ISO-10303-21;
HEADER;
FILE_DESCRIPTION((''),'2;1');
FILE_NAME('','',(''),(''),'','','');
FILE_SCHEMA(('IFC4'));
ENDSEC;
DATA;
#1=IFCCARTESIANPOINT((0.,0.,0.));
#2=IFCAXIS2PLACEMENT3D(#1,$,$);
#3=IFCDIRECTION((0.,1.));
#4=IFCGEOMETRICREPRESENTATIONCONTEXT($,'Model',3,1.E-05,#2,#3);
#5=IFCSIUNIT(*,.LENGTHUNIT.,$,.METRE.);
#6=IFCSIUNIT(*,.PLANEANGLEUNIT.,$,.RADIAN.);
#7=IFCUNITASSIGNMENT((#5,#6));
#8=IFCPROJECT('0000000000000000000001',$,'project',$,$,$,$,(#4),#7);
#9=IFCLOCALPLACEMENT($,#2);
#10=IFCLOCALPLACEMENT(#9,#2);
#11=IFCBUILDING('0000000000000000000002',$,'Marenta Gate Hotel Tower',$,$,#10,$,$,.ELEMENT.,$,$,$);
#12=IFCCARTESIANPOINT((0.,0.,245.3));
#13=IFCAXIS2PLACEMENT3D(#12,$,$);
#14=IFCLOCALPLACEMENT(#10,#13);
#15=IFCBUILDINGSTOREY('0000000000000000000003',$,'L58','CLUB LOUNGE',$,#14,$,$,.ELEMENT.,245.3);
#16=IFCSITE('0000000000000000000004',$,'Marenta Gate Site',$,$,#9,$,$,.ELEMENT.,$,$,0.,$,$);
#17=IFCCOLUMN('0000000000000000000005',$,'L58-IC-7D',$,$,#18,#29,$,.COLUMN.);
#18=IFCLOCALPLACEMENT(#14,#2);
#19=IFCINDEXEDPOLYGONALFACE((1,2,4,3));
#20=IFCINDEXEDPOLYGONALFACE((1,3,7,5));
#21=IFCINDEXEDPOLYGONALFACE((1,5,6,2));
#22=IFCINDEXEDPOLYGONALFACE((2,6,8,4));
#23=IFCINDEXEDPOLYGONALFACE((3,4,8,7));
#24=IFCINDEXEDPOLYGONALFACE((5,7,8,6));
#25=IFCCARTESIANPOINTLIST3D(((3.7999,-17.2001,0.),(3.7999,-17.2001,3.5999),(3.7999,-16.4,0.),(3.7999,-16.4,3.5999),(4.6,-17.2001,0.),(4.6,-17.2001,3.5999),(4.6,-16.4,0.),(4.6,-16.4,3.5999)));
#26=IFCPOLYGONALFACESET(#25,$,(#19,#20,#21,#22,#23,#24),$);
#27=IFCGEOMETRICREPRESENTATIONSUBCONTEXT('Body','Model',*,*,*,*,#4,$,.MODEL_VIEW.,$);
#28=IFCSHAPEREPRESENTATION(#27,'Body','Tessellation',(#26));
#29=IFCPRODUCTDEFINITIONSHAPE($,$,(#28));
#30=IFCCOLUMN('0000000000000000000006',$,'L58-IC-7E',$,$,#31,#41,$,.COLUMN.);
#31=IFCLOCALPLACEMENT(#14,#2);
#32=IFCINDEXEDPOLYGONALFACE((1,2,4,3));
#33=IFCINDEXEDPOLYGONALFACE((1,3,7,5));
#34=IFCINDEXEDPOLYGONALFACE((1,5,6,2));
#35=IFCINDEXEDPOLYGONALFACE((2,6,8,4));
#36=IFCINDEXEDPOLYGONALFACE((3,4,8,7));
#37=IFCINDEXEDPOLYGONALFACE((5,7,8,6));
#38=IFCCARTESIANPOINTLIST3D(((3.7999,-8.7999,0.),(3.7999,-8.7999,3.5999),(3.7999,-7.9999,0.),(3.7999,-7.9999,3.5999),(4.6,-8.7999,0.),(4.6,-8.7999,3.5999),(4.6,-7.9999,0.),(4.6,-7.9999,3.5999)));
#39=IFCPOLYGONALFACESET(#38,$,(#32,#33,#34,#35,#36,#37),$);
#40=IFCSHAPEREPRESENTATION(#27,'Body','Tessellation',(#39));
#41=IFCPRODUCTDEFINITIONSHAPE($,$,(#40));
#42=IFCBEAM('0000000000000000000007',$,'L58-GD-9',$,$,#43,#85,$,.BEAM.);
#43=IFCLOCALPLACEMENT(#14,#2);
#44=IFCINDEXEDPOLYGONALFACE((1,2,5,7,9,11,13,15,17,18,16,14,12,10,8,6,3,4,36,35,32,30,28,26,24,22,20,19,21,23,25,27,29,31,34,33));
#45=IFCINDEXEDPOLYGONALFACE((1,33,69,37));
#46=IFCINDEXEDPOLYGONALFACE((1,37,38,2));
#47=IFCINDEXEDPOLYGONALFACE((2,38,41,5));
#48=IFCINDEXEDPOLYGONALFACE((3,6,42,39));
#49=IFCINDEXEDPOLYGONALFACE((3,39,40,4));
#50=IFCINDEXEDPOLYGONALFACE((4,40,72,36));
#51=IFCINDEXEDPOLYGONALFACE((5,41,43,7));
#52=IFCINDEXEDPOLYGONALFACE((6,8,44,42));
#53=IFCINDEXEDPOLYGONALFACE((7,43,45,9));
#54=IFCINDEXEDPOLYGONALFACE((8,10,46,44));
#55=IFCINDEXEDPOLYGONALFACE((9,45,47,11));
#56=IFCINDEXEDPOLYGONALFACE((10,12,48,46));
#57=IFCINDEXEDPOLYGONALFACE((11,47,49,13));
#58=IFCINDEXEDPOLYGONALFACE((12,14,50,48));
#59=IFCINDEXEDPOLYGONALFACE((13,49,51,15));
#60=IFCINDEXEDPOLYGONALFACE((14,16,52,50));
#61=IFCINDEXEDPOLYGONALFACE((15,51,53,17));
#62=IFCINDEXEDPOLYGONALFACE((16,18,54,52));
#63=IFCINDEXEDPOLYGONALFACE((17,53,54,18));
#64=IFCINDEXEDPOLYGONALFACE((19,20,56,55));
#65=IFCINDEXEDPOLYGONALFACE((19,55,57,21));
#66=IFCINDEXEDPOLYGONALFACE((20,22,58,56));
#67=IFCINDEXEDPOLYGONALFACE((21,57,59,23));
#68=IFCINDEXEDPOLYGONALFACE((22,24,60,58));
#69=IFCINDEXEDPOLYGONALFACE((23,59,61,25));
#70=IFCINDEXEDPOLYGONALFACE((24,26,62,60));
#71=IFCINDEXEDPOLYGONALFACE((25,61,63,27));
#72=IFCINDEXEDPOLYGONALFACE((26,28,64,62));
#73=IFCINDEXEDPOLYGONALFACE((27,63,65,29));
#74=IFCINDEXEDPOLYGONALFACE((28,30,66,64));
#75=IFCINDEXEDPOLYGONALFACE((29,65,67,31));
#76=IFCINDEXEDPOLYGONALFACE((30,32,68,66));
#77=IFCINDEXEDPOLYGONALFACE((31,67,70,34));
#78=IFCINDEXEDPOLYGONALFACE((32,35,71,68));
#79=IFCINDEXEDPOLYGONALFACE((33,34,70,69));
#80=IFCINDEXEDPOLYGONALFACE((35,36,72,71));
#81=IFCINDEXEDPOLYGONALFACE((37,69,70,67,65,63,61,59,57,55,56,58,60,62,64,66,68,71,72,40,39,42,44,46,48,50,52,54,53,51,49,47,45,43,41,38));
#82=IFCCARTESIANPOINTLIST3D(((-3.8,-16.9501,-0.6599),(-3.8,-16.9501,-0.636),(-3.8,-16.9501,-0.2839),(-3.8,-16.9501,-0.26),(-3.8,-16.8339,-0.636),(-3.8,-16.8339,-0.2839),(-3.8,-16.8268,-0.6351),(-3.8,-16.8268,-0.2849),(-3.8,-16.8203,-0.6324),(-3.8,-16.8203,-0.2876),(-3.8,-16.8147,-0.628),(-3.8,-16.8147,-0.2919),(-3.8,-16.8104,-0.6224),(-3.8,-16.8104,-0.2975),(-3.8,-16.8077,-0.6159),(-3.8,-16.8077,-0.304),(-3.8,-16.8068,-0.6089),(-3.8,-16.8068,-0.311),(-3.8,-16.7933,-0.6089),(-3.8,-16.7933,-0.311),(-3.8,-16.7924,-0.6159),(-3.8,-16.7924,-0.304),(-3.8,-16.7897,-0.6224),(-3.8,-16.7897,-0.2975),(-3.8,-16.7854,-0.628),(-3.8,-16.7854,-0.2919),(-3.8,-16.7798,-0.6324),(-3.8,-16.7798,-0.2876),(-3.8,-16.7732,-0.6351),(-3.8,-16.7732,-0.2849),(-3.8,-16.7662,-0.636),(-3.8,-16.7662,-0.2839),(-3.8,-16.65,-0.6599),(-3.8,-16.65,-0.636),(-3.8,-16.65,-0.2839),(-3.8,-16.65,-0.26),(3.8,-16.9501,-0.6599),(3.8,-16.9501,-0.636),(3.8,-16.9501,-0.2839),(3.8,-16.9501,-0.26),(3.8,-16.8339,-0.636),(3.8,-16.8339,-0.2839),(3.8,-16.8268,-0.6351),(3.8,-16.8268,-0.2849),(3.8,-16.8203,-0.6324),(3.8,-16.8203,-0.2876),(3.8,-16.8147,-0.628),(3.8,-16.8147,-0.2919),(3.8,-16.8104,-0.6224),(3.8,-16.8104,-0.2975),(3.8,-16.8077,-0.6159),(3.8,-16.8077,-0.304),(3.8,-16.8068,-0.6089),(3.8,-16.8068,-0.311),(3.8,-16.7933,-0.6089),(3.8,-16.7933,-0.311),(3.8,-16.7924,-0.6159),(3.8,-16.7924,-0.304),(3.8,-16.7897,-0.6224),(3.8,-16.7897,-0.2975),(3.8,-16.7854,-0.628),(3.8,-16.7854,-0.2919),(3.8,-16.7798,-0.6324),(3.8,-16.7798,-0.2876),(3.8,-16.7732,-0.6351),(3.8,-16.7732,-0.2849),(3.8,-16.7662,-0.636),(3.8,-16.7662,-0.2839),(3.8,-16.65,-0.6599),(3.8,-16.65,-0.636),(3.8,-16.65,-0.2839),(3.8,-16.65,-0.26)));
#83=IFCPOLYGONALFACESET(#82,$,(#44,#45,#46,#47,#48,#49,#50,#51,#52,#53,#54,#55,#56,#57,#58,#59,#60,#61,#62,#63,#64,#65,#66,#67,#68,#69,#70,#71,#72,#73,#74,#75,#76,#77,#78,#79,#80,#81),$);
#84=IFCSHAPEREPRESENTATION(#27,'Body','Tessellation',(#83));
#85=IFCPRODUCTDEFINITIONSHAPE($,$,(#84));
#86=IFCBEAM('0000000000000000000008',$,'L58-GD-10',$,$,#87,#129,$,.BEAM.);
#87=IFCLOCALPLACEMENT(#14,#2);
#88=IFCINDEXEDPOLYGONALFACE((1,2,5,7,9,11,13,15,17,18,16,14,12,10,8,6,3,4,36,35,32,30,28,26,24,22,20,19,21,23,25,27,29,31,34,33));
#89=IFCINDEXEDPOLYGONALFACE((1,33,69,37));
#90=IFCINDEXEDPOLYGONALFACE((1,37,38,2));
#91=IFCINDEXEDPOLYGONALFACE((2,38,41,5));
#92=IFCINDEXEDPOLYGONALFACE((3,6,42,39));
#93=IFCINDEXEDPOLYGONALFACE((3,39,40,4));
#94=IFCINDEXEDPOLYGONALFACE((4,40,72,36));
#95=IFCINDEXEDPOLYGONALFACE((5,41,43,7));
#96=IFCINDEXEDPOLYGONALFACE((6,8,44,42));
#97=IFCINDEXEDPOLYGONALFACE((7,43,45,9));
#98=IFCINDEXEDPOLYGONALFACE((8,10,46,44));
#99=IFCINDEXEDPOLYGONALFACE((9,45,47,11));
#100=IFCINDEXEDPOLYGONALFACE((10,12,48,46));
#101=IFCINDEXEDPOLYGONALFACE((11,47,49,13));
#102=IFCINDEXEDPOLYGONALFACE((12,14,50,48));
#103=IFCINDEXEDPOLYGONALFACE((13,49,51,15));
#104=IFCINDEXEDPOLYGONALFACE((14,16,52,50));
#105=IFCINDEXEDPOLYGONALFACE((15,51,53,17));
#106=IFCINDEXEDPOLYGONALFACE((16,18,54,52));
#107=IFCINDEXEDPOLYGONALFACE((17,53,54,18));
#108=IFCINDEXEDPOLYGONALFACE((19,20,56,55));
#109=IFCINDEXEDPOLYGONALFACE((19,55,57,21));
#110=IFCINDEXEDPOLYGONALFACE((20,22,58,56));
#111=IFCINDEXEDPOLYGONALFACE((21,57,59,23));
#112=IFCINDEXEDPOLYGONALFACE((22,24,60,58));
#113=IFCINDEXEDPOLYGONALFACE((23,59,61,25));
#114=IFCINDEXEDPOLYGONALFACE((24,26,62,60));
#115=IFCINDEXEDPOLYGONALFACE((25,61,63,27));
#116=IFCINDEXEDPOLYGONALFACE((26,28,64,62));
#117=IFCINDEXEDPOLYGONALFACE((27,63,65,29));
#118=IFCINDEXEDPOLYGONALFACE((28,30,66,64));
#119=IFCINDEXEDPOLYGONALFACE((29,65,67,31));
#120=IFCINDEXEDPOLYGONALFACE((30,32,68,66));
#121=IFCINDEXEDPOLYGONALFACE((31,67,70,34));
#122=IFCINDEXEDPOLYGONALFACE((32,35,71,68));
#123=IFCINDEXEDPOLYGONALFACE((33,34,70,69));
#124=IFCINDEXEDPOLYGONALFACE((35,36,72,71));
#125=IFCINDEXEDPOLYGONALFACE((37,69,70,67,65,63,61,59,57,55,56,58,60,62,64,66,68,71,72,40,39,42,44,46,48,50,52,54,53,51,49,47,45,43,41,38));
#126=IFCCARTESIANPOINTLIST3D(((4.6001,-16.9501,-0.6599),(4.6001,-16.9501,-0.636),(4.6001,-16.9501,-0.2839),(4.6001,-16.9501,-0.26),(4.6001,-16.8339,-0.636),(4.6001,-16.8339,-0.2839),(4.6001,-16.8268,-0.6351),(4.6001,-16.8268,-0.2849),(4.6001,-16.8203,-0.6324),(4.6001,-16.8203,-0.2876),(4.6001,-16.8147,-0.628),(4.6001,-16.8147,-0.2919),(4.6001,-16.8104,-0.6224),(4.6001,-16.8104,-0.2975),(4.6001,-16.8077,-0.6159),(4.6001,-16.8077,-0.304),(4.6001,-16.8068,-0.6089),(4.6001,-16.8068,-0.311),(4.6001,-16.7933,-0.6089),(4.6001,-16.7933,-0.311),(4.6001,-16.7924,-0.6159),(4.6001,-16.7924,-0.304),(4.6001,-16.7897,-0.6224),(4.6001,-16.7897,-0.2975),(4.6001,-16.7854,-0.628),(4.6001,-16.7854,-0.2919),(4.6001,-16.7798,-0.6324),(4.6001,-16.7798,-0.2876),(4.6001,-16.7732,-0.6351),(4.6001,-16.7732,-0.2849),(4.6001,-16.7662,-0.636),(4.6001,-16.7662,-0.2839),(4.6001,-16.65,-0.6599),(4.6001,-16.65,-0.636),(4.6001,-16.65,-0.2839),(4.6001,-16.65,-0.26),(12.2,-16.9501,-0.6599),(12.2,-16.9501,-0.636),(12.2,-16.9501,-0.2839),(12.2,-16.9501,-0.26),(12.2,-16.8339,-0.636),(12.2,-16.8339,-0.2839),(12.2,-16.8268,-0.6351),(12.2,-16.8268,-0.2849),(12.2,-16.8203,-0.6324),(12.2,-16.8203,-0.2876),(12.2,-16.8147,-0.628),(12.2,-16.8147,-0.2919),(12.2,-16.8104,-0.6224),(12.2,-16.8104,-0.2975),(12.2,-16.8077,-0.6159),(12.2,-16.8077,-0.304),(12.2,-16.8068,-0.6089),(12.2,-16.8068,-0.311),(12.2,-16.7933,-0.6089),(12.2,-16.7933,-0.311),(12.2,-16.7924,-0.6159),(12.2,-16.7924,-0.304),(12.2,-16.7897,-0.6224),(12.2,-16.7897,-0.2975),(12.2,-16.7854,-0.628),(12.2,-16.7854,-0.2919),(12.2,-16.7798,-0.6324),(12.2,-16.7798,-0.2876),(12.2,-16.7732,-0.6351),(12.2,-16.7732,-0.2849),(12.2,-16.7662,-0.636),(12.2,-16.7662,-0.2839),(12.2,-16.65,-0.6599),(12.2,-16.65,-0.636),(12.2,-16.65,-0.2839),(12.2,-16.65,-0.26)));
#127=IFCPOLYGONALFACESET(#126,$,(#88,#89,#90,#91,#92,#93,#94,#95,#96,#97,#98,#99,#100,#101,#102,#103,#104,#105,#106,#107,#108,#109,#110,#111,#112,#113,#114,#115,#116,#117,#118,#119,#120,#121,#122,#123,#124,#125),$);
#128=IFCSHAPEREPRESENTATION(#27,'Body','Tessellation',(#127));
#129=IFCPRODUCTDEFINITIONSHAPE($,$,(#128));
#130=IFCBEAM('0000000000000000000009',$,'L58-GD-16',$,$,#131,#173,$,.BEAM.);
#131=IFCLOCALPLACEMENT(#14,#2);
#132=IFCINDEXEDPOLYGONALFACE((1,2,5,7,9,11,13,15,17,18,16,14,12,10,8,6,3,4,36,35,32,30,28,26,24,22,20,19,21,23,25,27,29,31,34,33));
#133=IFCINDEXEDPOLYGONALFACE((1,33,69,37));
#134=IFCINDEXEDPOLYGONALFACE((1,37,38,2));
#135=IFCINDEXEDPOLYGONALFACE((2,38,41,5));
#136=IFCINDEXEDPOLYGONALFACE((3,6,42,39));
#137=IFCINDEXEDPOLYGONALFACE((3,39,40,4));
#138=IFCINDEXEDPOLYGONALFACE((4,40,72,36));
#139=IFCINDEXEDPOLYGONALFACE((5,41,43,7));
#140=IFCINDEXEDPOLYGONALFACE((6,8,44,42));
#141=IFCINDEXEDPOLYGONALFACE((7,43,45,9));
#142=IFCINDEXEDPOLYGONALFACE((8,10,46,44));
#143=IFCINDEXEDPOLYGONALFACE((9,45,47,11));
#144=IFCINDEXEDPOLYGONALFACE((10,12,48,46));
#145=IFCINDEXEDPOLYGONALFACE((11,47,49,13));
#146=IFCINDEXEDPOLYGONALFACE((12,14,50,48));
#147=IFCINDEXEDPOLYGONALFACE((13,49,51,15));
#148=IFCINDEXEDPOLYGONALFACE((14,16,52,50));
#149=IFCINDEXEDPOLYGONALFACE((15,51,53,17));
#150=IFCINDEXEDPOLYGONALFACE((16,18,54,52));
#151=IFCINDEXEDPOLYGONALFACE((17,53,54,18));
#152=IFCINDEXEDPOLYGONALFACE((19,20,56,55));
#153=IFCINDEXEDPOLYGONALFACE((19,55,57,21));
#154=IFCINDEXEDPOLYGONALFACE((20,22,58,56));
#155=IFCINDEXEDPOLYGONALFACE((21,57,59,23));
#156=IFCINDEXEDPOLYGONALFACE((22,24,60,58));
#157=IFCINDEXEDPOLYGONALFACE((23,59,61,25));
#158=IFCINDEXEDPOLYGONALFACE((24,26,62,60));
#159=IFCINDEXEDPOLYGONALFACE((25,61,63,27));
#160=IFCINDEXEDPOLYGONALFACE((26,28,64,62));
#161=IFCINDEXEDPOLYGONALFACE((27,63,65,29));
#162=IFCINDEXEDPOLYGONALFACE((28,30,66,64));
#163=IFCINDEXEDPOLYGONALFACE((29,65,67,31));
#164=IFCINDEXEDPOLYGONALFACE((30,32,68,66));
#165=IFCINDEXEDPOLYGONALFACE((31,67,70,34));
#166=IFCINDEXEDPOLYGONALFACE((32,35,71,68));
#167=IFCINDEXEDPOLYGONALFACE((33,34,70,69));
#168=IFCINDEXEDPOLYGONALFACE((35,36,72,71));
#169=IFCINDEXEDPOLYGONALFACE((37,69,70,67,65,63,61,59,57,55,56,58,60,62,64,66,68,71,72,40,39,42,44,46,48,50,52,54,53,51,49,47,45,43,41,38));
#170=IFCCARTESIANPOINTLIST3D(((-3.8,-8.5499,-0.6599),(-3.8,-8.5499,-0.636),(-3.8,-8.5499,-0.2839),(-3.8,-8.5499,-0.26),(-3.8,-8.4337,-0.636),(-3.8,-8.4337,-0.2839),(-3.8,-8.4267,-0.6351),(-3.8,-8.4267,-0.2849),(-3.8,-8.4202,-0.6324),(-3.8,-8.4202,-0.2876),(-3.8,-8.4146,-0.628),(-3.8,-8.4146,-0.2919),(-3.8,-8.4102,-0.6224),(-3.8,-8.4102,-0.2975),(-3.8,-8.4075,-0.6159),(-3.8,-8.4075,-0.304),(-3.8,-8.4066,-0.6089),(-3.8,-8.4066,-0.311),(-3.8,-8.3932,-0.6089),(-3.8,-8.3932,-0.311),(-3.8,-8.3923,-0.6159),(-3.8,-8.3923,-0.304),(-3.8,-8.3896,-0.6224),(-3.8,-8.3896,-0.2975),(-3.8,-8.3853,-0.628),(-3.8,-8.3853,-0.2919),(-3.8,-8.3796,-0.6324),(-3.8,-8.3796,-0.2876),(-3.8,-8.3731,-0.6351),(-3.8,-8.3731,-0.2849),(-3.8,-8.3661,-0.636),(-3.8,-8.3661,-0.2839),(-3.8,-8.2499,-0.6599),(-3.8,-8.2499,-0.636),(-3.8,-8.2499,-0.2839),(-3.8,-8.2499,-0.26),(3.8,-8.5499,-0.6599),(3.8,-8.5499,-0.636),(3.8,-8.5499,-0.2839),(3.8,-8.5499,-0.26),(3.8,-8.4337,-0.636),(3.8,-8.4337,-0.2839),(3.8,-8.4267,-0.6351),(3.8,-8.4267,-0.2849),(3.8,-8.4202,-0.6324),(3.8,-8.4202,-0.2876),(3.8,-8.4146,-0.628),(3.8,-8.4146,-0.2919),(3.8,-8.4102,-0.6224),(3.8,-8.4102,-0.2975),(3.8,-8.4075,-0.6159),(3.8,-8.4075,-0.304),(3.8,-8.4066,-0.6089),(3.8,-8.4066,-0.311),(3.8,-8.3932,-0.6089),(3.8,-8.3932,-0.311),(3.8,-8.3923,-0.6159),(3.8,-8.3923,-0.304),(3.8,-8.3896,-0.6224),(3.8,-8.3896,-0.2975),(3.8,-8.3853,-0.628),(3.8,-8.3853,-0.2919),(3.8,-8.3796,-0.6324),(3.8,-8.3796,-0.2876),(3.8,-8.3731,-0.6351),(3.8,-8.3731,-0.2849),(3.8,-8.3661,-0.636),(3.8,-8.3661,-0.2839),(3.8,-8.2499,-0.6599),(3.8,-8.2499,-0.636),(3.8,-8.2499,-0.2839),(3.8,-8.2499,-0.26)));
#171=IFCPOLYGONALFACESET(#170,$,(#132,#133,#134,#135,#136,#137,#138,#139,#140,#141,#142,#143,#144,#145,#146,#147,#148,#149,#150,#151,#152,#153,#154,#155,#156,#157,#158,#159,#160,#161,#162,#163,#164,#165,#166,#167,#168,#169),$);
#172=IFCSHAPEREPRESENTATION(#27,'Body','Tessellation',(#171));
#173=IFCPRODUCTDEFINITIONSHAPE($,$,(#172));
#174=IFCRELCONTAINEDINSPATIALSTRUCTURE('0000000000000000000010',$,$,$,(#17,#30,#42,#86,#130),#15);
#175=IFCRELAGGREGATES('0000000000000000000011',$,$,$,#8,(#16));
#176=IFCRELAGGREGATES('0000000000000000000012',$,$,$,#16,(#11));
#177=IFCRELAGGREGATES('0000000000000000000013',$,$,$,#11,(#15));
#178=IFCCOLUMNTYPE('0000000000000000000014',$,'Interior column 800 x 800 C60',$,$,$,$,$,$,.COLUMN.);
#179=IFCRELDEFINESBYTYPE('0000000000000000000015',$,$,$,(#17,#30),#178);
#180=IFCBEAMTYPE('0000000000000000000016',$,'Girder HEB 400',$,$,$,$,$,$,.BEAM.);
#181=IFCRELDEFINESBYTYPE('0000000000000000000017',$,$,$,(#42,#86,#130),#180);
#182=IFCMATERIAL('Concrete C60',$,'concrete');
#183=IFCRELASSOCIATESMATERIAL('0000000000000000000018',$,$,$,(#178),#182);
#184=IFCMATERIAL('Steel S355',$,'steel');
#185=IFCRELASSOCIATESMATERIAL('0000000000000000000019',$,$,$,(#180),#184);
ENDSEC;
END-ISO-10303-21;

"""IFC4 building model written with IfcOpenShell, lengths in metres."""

from ifc_helpers import new_model, si_unit, direction, frame, origin, origin_2d, place, context, subcontext, project, spatial, rectangle, i_section, extrude, material, material_profile, profile_set, type_object, element, save


model = new_model("IFC4")

# Units and contexts
model_context = context("Model", 3, precision=1e-05, world=origin(), true_north=direction((0.0, 1.0)))
body_context = subcontext(model_context, "Body", "Model", "MODEL_VIEW")
ifc_project = project(units=[si_unit("LENGTHUNIT", "METRE"), si_unit("PLANEANGLEUNIT", "RADIAN")], contexts=[model_context])

# Site, building, storey
site_placement = place(None, origin())
site = spatial("IfcSite", under=ifc_project, at=site_placement, Name="Marenta Gate Site", CompositionType="ELEMENT", RefElevation=0.0)
building_placement = place(site_placement, origin())
building = spatial("IfcBuilding", under=site, at=building_placement, Name="Marenta Gate Hotel Tower", CompositionType="ELEMENT")
storey_placement = place(building_placement, frame((0.0, 0.0, 245.3)))
storey = spatial("IfcBuildingStorey", under=building, at=storey_placement, Name="L58", Description="CLUB LOUNGE", CompositionType="ELEMENT", Elevation=245.3)

# Columns
ifc_material_1 = material(Name="Concrete C60", Category="concrete")
ifc_material_profile_1 = material_profile(ifc_material_1, rectangle(XDim=0.8, YDim=0.8, at=origin_2d()), Name="800 x 800")
ifc_profile_set_1 = profile_set([ifc_material_profile_1], Name="Concrete C60")
column_type = type_object("IfcColumnType", Name="Interior column 800 x 800 C60", PredefinedType="COLUMN", material=ifc_profile_set_1)
for number, where, z_axis, x_axis, name in (
    (1, (4.2, -16.8, 0.0), (0.0, 0.0, 1.0), (1.0, 0.0, 0.0), "L58-IC-7D"),
    (2, (4.2, -8.3999, 0.0), (0.0, 0.0, 1.0), (1.0, 0.0, 0.0), "L58-IC-7E"),
):
    element("IfcColumn", number, at=place(storey_placement, frame(where, z_axis=z_axis, x_axis=x_axis)), inside=storey, type_object=column_type, Name=name, PredefinedType="COLUMN", context=body_context, shape_type="SweptSolid", body=[
        extrude(rectangle(XDim=0.8, YDim=0.8, at=origin_2d()), origin(), (0.0, 0.0, 1.0), 3.5999),
    ])

# Beams
ifc_material_2 = material(Name="Steel S355", Category="steel")
ifc_material_profile_2 = material_profile(ifc_material_2, i_section(OverallWidth=0.3, OverallDepth=0.3999, WebThickness=0.0134, FlangeThickness=0.0239, FilletRadius=0.0271, at=origin_2d()), Name="HEB 400")
ifc_profile_set_2 = profile_set([ifc_material_profile_2], Name="Steel S355")
beam_type = type_object("IfcBeamType", Name="Girder HEB 400", PredefinedType="BEAM", material=ifc_profile_set_2)
beam_1_placement = place(storey_placement, frame((-3.8, -16.8, -0.46), z_axis=(1.0, 0.0, 0.0), x_axis=(0.0, 1.0, 0.0)))
element("IfcBeam", 3, at=beam_1_placement, inside=storey, type_object=beam_type, Name="L58-GD-9", PredefinedType="BEAM", context=body_context, shape_type="SweptSolid", body=[
    extrude(i_section(OverallWidth=0.3, OverallDepth=0.3999, WebThickness=0.0134, FlangeThickness=0.0239, FilletRadius=0.0271, at=origin_2d()), origin(), (0.0, 0.0, 1.0), 7.6001),
])
beam_2_placement = place(storey_placement, frame((4.6001, -16.8, -0.46), z_axis=(1.0, 0.0, 0.0), x_axis=(0.0, 1.0, 0.0)))
element("IfcBeam", 4, at=beam_2_placement, inside=storey, type_object=beam_type, Name="L58-GD-10", PredefinedType="BEAM", context=body_context, shape_type="SweptSolid", body=[
    extrude(i_section(OverallWidth=0.3, OverallDepth=0.3999, WebThickness=0.0134, FlangeThickness=0.0239, FilletRadius=0.0271, at=origin_2d()), origin(), (0.0, 0.0, 1.0), 7.5999),
])
beam_3_placement = place(storey_placement, frame((-3.8, -8.3999, -0.46), z_axis=(1.0, 0.0, 0.0), x_axis=(0.0, 1.0, 0.0)))
element("IfcBeam", 5, at=beam_3_placement, inside=storey, type_object=beam_type, Name="L58-GD-16", PredefinedType="BEAM", context=body_context, shape_type="SweptSolid", body=[
    extrude(i_section(OverallWidth=0.3, OverallDepth=0.3999, WebThickness=0.0134, FlangeThickness=0.0239, FilletRadius=0.0271, at=origin_2d()), origin(), (0.0, 0.0, 1.0), 7.6001),
])

save(model, "model.ifc")
